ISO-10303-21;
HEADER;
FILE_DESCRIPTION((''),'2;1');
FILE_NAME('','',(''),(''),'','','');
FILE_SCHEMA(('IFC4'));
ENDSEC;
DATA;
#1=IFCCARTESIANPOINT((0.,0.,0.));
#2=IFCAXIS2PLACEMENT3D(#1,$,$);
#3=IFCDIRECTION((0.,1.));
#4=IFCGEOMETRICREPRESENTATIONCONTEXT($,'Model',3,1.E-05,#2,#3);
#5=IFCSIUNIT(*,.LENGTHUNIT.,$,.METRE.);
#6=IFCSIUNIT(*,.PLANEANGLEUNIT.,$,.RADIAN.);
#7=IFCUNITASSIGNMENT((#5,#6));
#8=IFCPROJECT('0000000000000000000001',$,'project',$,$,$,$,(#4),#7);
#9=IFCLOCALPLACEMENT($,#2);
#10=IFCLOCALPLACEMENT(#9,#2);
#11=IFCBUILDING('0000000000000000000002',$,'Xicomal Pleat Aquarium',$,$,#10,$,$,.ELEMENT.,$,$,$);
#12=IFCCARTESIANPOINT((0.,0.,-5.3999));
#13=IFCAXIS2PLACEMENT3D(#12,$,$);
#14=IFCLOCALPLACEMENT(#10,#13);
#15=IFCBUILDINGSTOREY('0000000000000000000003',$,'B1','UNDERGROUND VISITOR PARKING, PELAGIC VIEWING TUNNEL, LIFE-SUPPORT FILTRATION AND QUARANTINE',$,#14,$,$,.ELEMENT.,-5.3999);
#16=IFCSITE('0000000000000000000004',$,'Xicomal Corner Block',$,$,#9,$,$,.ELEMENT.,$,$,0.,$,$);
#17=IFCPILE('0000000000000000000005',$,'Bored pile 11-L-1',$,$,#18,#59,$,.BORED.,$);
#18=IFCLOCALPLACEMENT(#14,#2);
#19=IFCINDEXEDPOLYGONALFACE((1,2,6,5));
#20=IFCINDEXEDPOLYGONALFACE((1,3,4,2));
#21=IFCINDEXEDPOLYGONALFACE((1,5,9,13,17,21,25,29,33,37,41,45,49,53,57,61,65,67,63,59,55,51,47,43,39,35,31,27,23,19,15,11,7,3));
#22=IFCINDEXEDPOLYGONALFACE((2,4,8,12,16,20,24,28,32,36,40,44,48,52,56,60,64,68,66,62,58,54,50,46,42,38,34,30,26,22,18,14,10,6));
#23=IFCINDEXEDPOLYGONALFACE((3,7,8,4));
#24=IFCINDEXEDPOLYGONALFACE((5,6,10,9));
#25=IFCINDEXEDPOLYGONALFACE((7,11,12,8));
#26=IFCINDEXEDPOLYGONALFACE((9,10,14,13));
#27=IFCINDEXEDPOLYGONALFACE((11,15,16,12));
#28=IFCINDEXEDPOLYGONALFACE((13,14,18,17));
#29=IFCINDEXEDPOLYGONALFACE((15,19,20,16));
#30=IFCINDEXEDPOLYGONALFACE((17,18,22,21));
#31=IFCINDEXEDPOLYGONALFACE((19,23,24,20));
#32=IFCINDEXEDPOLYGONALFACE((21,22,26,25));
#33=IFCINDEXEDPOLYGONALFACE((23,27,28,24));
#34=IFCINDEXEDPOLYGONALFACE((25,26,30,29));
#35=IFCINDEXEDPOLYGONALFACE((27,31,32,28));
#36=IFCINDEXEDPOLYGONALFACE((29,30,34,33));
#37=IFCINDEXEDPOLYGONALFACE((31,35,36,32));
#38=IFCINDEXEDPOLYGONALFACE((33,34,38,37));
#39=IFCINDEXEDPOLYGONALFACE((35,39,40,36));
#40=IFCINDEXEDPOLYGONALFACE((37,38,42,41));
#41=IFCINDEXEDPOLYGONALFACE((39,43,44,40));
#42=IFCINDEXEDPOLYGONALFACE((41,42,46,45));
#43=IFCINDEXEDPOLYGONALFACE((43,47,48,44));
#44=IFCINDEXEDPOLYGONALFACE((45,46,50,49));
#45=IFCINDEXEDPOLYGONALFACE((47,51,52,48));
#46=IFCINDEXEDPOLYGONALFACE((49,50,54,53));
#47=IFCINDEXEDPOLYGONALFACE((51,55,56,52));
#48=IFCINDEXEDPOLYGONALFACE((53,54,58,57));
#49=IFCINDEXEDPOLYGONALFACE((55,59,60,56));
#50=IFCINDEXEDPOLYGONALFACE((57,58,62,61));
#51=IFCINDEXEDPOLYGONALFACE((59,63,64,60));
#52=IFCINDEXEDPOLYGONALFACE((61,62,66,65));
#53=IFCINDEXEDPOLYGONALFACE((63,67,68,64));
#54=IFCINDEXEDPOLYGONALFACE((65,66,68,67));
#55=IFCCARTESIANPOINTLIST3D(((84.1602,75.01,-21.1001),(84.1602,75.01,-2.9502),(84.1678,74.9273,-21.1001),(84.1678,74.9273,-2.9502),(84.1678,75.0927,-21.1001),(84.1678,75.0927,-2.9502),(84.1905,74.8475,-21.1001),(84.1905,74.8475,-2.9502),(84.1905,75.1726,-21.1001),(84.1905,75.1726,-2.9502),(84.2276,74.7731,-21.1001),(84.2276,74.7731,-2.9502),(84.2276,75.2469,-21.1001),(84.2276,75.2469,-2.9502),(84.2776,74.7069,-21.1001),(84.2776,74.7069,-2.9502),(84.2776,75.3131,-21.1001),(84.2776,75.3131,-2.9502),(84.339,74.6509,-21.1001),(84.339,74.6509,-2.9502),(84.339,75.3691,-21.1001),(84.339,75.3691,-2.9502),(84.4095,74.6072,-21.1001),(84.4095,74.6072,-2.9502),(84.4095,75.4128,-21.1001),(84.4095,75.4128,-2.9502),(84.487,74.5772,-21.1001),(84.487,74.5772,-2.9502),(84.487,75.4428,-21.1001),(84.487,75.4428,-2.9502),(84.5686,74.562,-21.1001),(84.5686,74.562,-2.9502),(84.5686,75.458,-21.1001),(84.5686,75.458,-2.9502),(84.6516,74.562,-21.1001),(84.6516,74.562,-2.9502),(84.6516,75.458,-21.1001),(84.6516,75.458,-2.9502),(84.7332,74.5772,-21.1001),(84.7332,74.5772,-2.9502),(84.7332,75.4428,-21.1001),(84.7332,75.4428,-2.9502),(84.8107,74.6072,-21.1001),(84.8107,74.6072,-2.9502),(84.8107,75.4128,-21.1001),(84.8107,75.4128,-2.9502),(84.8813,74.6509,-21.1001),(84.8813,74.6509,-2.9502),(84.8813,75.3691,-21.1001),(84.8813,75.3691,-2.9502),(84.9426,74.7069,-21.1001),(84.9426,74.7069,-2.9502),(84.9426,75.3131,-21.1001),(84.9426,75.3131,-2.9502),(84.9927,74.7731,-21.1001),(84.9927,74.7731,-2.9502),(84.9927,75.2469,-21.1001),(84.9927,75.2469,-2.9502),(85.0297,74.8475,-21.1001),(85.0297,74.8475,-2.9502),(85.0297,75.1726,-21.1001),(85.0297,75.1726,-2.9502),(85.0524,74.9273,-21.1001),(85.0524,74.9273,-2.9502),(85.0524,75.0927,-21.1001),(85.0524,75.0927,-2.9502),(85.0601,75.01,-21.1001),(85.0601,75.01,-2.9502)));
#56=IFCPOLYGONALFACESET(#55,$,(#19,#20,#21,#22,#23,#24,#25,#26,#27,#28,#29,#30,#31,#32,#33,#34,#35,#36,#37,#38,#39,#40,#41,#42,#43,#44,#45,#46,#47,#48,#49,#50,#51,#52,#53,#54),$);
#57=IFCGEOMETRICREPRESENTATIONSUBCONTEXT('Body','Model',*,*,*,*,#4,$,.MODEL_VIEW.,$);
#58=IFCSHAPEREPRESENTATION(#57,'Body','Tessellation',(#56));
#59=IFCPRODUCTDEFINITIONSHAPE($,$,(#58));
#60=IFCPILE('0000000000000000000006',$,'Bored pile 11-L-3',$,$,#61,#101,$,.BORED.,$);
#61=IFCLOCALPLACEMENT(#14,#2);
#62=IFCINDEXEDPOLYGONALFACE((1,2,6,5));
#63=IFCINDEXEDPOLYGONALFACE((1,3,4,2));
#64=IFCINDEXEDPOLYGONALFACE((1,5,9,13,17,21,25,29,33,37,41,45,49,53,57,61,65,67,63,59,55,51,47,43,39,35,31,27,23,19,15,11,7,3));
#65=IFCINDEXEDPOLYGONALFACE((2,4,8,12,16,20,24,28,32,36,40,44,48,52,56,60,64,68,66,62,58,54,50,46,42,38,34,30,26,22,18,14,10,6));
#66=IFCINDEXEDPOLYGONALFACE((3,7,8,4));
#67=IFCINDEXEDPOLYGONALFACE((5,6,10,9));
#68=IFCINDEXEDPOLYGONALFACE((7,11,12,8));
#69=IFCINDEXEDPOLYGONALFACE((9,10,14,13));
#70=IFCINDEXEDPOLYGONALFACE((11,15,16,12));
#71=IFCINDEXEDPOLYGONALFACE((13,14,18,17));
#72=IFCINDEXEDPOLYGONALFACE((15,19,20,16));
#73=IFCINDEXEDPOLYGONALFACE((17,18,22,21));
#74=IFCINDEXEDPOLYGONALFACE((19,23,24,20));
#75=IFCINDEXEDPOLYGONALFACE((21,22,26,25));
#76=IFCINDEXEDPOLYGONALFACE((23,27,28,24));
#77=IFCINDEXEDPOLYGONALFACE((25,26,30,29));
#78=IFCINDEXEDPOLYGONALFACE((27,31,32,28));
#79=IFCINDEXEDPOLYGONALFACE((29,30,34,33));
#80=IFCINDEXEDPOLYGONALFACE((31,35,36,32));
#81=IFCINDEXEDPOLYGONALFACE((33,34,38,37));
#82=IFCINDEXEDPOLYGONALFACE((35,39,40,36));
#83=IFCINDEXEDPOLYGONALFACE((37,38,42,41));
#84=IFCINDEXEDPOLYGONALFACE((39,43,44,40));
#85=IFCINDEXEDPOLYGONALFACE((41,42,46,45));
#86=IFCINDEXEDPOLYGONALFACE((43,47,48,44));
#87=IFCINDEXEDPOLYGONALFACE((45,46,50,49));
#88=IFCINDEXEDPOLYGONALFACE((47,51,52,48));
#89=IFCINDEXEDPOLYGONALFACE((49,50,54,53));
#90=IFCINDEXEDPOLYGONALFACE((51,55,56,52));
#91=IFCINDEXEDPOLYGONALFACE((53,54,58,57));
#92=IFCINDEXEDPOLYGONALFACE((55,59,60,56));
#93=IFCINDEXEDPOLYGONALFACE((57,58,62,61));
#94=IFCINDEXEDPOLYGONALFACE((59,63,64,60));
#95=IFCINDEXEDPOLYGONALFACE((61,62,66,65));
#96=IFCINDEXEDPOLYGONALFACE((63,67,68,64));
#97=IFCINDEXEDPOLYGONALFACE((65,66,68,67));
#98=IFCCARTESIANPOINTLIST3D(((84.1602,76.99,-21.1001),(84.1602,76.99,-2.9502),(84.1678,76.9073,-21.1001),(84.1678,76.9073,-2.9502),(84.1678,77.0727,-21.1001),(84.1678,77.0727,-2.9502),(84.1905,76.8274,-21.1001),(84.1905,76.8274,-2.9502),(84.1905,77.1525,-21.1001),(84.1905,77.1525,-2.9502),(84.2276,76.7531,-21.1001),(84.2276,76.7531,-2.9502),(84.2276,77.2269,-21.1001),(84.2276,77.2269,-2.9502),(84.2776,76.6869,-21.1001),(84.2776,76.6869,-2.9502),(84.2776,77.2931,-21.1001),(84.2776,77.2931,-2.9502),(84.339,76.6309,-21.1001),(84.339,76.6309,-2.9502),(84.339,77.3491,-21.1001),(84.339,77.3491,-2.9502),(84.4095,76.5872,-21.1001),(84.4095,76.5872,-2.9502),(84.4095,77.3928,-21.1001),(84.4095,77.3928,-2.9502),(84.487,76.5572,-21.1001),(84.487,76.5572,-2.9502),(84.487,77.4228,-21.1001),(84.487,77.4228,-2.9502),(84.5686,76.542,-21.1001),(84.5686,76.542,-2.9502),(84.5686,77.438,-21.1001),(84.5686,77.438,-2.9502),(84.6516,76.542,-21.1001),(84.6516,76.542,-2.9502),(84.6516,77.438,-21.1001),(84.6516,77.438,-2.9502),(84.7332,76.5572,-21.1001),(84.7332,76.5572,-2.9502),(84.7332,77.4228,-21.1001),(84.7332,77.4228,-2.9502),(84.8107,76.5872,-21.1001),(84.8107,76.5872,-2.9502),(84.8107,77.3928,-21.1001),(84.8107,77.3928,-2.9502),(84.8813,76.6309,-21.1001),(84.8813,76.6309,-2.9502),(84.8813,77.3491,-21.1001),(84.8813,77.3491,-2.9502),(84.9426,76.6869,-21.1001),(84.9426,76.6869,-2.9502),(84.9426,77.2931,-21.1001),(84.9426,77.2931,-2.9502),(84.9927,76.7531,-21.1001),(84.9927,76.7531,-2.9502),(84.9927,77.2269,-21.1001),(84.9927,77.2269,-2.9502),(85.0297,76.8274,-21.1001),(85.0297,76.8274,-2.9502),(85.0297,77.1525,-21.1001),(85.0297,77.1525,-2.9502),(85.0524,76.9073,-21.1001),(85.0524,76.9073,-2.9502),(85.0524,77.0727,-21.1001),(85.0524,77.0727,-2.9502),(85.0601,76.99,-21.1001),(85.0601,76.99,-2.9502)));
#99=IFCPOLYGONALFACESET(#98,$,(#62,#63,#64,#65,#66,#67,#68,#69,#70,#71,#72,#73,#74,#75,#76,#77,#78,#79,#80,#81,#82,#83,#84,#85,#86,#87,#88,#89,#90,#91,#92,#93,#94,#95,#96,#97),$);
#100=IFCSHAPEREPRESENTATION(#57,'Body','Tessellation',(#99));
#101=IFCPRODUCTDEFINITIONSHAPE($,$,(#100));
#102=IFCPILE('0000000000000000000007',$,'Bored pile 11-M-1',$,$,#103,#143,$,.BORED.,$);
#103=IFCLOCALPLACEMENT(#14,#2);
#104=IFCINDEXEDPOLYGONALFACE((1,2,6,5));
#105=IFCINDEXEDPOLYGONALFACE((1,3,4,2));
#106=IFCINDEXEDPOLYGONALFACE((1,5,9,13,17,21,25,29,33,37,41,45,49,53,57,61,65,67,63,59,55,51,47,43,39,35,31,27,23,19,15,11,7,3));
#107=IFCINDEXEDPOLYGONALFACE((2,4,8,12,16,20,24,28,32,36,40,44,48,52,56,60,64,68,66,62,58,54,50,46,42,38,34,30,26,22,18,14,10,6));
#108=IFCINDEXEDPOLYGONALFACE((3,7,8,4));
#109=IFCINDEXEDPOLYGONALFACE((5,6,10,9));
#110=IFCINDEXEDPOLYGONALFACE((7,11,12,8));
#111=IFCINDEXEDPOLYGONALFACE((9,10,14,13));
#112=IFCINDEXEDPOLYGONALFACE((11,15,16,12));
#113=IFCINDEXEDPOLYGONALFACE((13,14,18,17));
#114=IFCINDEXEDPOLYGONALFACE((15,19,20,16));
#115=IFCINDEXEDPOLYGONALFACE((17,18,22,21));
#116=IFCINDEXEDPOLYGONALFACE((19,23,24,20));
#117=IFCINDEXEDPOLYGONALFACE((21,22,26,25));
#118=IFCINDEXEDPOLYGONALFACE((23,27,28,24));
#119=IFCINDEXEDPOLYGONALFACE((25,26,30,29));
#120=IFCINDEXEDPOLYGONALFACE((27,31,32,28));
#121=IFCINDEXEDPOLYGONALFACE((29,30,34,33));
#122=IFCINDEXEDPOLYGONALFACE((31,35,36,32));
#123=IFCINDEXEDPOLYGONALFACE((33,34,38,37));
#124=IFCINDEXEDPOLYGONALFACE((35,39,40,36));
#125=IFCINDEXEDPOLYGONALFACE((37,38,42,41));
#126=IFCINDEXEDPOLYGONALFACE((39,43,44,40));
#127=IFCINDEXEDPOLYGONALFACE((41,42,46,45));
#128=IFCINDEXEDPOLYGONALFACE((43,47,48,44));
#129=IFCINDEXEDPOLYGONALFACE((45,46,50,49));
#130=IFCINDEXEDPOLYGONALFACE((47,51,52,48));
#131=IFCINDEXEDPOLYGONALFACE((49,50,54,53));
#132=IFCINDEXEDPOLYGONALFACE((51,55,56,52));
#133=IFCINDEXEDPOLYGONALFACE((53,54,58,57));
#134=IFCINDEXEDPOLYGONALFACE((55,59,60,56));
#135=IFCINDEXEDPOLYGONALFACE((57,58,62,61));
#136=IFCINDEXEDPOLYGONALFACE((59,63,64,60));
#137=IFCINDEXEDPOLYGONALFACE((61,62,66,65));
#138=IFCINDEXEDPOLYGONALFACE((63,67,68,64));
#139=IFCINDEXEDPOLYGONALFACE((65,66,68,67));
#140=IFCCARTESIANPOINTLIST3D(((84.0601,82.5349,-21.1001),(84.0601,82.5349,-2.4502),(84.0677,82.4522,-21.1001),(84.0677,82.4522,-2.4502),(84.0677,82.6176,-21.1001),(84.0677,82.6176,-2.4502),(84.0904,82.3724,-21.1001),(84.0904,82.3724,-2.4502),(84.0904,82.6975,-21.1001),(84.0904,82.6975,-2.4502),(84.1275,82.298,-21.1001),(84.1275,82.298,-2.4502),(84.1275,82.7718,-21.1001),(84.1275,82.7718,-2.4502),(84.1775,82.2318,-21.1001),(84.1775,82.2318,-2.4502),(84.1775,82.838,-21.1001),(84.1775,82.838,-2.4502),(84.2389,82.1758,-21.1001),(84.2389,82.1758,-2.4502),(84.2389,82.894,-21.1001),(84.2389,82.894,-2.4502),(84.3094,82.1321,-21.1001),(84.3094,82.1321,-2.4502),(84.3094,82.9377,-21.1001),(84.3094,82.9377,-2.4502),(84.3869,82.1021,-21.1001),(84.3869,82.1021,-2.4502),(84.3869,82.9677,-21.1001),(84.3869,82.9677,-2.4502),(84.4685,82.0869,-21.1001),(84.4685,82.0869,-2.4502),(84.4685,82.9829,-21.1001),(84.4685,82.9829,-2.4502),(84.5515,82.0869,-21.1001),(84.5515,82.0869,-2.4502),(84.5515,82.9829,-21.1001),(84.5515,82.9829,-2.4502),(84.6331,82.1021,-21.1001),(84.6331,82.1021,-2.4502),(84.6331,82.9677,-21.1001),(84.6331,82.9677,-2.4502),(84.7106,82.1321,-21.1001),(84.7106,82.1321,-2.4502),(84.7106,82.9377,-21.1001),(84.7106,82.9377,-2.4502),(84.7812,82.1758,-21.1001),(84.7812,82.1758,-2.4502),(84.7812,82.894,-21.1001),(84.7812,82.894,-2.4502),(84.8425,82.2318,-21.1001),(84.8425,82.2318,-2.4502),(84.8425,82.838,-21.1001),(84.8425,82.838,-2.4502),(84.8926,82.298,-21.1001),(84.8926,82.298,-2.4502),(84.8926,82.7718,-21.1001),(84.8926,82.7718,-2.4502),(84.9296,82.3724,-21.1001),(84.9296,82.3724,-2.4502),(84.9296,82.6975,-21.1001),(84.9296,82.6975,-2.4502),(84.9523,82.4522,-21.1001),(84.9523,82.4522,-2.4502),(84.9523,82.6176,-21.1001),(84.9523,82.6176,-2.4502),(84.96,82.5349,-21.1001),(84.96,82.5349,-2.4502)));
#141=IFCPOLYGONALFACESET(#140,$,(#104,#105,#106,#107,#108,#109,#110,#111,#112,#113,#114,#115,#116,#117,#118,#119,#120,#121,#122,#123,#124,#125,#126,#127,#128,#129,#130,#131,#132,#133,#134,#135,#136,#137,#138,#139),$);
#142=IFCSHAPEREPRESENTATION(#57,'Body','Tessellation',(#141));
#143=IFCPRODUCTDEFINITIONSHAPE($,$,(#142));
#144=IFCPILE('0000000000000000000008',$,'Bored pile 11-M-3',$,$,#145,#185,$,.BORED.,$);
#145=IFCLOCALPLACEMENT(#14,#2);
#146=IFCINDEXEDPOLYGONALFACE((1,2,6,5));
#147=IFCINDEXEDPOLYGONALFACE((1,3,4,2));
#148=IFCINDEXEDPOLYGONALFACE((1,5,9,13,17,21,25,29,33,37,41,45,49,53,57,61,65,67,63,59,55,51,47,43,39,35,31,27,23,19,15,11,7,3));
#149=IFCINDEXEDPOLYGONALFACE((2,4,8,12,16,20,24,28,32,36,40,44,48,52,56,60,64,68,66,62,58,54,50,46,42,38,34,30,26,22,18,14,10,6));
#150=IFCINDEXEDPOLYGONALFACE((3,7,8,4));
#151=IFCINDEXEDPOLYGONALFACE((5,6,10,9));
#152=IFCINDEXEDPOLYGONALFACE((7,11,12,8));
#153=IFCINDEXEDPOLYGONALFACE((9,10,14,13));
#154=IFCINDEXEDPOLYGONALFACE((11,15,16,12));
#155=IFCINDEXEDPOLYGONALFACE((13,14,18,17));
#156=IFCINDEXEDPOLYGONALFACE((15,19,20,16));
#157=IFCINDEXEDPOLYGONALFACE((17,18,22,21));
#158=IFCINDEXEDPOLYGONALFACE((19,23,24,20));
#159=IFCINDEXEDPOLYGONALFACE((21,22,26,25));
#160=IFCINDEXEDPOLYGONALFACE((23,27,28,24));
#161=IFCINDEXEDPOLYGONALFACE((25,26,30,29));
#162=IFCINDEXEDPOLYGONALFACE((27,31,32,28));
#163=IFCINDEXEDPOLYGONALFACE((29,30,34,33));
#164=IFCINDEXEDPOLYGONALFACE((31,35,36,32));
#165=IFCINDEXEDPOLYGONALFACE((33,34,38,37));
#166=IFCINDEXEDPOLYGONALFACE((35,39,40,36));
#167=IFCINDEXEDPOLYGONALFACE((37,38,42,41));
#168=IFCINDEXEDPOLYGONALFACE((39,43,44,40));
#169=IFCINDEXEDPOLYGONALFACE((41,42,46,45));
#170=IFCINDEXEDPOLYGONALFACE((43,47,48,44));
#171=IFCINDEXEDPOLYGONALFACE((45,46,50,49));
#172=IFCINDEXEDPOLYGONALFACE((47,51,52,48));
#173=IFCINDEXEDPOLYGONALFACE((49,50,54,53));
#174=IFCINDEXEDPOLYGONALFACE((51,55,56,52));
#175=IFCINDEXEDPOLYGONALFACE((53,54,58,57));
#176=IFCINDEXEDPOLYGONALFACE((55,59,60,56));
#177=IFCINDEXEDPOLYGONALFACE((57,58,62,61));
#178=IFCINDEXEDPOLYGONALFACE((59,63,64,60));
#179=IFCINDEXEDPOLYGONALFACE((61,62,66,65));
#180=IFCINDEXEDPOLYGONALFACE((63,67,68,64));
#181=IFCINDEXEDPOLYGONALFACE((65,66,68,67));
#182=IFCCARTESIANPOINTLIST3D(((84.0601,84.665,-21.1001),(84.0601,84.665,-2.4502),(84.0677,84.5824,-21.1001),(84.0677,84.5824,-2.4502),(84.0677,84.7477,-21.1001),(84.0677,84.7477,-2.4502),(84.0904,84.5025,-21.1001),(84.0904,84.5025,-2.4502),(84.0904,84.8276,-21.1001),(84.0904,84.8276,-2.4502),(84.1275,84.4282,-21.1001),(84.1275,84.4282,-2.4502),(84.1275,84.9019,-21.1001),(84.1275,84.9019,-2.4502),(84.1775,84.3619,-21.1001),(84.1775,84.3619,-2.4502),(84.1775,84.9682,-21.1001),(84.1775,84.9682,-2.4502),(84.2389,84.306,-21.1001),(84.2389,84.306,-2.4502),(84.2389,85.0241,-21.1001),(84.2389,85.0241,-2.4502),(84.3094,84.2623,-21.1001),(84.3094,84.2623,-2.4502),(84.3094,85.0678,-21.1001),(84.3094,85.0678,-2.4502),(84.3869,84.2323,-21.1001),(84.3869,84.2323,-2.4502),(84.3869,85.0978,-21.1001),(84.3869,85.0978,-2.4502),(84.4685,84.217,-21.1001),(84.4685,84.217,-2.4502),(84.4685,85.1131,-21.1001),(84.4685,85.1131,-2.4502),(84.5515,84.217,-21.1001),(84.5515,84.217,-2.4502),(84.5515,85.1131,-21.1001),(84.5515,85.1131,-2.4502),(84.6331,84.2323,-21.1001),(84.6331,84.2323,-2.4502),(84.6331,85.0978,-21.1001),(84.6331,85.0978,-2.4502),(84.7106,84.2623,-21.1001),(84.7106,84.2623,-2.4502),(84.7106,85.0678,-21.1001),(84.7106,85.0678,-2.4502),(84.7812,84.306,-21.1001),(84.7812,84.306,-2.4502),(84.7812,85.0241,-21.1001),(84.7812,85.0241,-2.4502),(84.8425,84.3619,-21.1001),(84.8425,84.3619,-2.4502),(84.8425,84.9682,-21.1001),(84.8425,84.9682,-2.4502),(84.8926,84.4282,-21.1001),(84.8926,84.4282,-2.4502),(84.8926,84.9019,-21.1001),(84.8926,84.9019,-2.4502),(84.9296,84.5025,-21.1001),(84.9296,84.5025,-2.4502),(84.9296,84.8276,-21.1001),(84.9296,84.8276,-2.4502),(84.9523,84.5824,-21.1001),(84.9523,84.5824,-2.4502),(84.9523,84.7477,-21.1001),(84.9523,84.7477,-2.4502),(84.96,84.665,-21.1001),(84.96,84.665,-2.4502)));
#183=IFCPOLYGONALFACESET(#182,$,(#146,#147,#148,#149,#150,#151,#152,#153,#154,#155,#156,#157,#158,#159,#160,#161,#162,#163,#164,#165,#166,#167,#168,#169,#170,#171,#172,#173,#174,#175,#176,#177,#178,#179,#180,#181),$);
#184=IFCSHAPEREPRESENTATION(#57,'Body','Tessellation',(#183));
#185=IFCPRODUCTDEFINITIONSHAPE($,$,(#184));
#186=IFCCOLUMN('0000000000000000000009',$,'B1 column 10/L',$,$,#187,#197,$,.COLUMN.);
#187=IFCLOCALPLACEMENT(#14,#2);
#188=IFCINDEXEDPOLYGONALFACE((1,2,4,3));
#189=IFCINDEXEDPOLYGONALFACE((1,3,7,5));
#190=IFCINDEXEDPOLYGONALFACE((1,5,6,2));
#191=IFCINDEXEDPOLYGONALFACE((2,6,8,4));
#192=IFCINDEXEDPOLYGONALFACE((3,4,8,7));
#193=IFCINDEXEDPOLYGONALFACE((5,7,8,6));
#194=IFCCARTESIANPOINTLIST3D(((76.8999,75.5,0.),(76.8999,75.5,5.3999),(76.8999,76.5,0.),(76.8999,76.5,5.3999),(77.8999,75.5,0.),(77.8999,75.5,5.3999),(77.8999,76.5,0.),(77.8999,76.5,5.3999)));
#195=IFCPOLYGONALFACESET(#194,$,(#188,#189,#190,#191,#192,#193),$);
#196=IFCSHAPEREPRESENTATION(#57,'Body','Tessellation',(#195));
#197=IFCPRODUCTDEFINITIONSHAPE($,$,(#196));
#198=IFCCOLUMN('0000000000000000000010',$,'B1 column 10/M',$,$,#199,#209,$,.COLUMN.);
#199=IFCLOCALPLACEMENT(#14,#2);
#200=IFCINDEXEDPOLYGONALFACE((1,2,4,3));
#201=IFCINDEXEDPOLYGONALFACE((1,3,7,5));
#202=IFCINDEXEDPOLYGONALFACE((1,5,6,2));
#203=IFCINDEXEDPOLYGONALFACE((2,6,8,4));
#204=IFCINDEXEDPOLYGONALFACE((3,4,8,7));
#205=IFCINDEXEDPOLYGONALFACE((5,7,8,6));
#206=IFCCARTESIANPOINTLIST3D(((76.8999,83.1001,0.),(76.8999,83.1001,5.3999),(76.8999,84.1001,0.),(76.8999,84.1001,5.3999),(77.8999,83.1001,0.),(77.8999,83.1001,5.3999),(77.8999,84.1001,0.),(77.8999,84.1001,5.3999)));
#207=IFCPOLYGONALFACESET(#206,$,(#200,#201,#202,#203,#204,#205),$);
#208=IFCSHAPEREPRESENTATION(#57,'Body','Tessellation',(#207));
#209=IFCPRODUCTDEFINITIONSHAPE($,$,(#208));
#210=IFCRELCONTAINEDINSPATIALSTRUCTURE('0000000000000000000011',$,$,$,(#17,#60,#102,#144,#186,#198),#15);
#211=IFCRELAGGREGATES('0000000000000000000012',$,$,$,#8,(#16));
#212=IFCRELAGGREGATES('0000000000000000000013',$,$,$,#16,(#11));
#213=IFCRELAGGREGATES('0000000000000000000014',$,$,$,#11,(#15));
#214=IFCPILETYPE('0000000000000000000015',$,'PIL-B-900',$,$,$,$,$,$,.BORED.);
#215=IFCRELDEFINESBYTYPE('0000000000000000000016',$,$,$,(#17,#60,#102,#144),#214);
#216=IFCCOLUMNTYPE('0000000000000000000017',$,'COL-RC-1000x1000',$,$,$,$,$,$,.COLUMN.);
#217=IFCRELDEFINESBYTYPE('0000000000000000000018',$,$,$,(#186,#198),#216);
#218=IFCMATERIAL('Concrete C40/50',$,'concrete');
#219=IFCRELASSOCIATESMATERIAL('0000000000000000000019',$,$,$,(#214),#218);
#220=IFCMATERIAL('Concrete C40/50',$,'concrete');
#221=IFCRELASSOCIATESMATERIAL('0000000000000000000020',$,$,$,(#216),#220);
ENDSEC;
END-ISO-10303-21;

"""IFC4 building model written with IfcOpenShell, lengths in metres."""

from ifc_helpers import new_model, si_unit, direction, frame, origin, origin_2d, place, context, subcontext, project, spatial, rectangle, circle, extrude, material, material_profile, profile_set, type_object, element, save


model = new_model("IFC4")

# Units and contexts
model_context = context("Model", 3, precision=1e-05, world=origin(), true_north=direction((0.0, 1.0)))
body_context = subcontext(model_context, "Body", "Model", "MODEL_VIEW")
ifc_project = project(units=[si_unit("LENGTHUNIT", "METRE"), si_unit("PLANEANGLEUNIT", "RADIAN")], contexts=[model_context])

# Site, building, storey
site_placement = place(None, origin())
site = spatial("IfcSite", under=ifc_project, at=site_placement, Name="Xicomal Corner Block", CompositionType="ELEMENT", RefElevation=0.0)
building_placement = place(site_placement, origin())
building = spatial("IfcBuilding", under=site, at=building_placement, Name="Xicomal Pleat Aquarium", CompositionType="ELEMENT")
storey_placement = place(building_placement, frame((0.0, 0.0, -5.3999)))
storey = spatial("IfcBuildingStorey", under=building, at=storey_placement, Name="B1", Description="UNDERGROUND VISITOR PARKING, PELAGIC VIEWING TUNNEL, LIFE-SUPPORT FILTRATION AND QUARANTINE", CompositionType="ELEMENT", Elevation=-5.3999)

# Piles
ifc_material_1 = material(Name="Concrete C40/50", Category="concrete")
ifc_material_profile_1 = material_profile(ifc_material_1, circle(Radius=0.45, at=origin_2d()), Name="BORED PILE D900")
ifc_profile_set_1 = profile_set([ifc_material_profile_1], Name="Concrete C40/50")
pile_type_1 = type_object("IfcPileType", Name="PIL-B-900", PredefinedType="BORED", material=ifc_profile_set_1)
for number, where, z_axis, x_axis, name in (
    (1, (84.6101, 75.01, -2.9502), (0.0, 0.0, -1.0), (1.0, 0.0, 0.0), "Bored pile 11-L-1"),
    (2, (84.6101, 76.99, -2.9502), (0.0, 0.0, -1.0), (1.0, 0.0, 0.0), "Bored pile 11-L-3"),
):
    element("IfcPile", number, at=place(storey_placement, frame(where, z_axis=z_axis, x_axis=x_axis)), inside=storey, type_object=pile_type_1, Name=name, PredefinedType="BORED", context=body_context, shape_type="SweptSolid", body=[
        extrude(circle(Radius=0.45, at=origin_2d()), origin(), (0.0, 0.0, 1.0), 18.1499),
    ])
for number, where, z_axis, x_axis, name in (
    (3, (84.51, 82.5349, -2.4502), (0.0, 0.0, -1.0), (1.0, 0.0, 0.0), "Bored pile 11-M-1"),
    (4, (84.51, 84.665, -2.4502), (0.0, 0.0, -1.0), (1.0, 0.0, 0.0), "Bored pile 11-M-3"),
):
    element("IfcPile", number, at=place(storey_placement, frame(where, z_axis=z_axis, x_axis=x_axis)), inside=storey, type_object=pile_type_1, Name=name, PredefinedType="BORED", context=body_context, shape_type="SweptSolid", body=[
        extrude(circle(Radius=0.45, at=origin_2d()), origin(), (0.0, 0.0, 1.0), 18.6499),
    ])

# Columns
ifc_material_2 = material(Name="Concrete C40/50", Category="concrete")
ifc_material_profile_2 = material_profile(ifc_material_2, rectangle(XDim=1.0, YDim=1.0, at=origin_2d()), Name="RC 1000x1000")
ifc_profile_set_2 = profile_set([ifc_material_profile_2], Name="Concrete C40/50")
column_type_1 = type_object("IfcColumnType", Name="COL-RC-1000x1000", PredefinedType="COLUMN", material=ifc_profile_set_2)
for number, where, z_axis, x_axis, name in (
    (5, (77.3999, 76.0, 0.0), (0.0, 0.0, 1.0), (1.0, 0.0, 0.0), "B1 column 10/L"),
    (6, (77.3999, 83.6001, 0.0), (0.0, 0.0, 1.0), (1.0, 0.0, 0.0), "B1 column 10/M"),
):
    element("IfcColumn", number, at=place(storey_placement, frame(where, z_axis=z_axis, x_axis=x_axis)), inside=storey, type_object=column_type_1, Name=name, PredefinedType="COLUMN", context=body_context, shape_type="SweptSolid", body=[
        extrude(rectangle(XDim=1.0, YDim=1.0, at=origin_2d()), origin(), (0.0, 0.0, 1.0), 5.3999),
    ])

save(model, "model.ifc")
